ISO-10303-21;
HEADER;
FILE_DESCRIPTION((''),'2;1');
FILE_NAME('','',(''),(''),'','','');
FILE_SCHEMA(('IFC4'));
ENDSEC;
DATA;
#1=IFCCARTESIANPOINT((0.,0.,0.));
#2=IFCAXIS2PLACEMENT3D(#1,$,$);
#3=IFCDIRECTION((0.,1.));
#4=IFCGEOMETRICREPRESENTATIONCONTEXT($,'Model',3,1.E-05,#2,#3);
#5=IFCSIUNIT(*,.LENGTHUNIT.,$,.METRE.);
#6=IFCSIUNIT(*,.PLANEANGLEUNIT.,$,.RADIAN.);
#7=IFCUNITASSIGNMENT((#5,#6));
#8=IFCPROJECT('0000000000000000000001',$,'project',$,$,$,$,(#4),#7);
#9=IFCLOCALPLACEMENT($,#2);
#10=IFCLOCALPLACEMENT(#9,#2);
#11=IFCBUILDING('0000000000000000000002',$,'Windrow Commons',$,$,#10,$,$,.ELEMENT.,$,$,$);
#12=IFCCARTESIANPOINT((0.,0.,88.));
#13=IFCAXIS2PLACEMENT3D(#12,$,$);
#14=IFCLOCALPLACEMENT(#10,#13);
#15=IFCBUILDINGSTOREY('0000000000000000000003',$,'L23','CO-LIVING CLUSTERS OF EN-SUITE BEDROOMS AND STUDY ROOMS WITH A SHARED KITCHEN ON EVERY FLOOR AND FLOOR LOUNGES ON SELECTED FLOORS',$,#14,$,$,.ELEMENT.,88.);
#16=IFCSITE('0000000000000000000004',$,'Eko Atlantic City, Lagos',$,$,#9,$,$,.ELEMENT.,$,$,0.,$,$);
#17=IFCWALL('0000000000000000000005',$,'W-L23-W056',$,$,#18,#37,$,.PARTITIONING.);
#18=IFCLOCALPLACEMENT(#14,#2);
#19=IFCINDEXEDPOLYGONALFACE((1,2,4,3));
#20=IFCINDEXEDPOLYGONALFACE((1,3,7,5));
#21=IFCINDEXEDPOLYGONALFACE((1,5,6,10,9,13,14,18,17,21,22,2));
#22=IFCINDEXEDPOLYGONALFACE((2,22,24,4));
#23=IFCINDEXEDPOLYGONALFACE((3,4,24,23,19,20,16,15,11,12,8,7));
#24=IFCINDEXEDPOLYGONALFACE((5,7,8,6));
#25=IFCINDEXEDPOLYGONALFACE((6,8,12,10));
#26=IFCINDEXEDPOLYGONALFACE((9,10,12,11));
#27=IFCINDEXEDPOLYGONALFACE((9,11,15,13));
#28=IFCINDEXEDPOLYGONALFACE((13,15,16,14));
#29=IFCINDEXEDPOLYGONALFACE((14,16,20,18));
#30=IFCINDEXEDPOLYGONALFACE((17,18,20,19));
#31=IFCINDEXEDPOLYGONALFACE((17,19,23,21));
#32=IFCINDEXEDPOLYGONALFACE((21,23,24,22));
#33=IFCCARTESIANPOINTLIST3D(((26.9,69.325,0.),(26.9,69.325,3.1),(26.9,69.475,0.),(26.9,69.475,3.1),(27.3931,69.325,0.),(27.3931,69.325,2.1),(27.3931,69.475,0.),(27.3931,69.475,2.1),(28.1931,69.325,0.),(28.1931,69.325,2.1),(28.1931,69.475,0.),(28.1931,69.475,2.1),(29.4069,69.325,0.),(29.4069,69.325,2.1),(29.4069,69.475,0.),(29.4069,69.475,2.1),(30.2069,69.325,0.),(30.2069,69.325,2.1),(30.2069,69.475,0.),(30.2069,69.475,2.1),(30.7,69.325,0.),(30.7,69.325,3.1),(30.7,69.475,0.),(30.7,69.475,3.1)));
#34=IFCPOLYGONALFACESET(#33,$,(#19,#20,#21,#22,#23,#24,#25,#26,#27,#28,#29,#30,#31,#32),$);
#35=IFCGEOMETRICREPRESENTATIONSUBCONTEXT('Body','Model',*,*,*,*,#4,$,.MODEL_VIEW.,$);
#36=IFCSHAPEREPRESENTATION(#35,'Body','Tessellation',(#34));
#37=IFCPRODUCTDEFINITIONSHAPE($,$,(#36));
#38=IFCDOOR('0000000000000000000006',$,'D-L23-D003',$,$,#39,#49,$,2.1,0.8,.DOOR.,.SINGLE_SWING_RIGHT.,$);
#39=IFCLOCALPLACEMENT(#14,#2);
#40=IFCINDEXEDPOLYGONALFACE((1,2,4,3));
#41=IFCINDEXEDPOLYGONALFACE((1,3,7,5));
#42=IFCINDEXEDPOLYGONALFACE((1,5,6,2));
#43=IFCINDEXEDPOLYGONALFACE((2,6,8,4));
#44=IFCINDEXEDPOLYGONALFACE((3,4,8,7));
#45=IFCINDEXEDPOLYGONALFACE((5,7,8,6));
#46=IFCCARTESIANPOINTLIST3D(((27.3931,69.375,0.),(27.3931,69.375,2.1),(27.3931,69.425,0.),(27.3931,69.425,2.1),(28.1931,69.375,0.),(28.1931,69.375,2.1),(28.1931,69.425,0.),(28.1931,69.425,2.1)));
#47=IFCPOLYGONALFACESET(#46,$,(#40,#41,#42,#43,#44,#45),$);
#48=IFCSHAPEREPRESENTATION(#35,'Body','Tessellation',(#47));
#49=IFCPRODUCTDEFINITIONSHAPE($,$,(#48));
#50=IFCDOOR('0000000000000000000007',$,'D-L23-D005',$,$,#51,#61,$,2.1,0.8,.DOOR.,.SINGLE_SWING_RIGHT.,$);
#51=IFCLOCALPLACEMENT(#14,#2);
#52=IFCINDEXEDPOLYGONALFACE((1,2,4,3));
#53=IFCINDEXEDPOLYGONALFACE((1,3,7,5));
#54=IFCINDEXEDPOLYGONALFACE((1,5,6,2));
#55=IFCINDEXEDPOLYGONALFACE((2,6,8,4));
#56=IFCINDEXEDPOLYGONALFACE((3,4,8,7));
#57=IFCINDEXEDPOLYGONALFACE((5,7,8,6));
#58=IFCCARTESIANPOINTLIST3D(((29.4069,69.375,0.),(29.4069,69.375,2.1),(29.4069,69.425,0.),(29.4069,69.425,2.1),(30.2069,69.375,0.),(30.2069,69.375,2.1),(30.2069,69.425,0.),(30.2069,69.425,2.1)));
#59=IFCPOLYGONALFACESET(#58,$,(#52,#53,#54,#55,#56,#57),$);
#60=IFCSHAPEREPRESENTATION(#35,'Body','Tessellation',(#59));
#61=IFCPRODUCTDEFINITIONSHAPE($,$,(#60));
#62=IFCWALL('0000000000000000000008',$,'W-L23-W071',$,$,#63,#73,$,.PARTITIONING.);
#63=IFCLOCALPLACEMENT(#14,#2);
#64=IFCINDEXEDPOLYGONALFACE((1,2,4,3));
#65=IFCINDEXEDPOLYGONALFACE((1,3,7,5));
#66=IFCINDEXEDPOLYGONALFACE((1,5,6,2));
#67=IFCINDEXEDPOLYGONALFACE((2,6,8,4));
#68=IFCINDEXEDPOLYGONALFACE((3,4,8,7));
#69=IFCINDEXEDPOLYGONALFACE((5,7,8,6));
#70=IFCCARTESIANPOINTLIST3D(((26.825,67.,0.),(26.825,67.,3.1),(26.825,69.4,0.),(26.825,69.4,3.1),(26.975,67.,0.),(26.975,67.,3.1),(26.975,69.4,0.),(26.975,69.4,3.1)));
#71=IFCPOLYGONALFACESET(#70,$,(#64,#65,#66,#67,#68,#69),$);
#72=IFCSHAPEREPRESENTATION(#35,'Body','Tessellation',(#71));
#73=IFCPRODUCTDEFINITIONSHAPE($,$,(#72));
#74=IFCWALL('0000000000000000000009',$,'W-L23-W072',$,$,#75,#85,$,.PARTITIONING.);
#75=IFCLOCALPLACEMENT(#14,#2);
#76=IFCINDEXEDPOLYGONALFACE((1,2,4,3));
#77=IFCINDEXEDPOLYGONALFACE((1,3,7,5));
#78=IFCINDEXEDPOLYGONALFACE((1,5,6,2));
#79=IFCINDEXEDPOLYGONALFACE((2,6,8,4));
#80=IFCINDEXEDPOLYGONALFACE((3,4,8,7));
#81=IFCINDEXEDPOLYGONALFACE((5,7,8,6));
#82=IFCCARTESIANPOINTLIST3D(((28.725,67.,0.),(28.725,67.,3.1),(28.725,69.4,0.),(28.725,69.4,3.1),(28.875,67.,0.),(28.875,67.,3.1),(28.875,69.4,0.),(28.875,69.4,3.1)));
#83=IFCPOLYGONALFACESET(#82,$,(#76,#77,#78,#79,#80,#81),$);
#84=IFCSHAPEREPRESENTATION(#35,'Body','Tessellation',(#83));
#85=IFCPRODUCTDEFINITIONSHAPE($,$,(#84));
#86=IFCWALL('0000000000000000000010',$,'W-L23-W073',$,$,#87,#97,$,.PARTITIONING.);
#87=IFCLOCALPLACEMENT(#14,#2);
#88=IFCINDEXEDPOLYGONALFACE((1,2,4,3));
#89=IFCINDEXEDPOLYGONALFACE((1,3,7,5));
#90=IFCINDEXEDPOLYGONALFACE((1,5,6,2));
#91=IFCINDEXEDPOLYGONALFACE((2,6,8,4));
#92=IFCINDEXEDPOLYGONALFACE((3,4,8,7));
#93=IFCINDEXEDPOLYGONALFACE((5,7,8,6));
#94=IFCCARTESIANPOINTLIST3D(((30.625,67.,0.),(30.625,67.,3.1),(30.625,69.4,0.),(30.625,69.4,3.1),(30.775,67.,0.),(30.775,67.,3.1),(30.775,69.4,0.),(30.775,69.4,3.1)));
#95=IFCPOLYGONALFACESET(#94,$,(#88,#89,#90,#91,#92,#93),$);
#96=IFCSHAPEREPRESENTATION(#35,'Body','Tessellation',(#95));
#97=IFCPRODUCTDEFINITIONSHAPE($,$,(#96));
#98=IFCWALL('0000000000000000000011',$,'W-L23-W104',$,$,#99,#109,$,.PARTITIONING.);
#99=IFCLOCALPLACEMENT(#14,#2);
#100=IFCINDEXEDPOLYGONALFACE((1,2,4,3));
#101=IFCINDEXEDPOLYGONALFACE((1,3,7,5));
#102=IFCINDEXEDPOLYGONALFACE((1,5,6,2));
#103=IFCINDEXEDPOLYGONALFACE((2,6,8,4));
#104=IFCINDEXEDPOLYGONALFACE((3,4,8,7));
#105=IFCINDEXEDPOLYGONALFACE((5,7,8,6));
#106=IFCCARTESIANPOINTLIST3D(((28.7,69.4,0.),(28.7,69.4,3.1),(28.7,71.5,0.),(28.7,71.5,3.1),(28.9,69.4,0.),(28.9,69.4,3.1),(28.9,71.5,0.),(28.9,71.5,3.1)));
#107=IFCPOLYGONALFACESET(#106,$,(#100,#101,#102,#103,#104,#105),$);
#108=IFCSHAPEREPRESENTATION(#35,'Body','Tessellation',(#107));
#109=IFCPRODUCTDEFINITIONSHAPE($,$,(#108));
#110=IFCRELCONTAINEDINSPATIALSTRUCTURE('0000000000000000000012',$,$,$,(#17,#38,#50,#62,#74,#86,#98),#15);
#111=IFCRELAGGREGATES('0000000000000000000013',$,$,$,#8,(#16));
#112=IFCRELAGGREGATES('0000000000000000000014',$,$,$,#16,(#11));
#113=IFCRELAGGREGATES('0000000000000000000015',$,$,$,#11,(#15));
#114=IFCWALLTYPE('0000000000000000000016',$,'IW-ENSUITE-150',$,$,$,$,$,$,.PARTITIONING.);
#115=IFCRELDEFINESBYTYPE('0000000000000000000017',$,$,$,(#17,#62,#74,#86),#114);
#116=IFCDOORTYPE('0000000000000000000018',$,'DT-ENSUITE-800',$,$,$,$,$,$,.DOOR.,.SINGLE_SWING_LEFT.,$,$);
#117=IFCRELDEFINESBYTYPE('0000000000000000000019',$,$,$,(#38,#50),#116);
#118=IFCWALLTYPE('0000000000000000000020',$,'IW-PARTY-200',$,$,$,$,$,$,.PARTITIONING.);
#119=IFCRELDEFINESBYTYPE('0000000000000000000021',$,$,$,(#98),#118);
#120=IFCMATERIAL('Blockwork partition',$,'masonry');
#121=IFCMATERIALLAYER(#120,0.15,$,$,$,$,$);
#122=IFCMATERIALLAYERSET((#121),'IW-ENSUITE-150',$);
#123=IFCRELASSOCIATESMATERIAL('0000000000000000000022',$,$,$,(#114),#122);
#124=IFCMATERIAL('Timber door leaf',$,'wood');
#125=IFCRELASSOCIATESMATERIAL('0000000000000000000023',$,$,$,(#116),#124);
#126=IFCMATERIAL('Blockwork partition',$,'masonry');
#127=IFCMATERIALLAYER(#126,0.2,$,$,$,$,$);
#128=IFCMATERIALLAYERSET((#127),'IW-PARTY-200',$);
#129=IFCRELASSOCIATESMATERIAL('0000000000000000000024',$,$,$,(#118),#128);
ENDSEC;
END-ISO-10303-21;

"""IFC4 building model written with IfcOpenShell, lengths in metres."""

from ifc_helpers import new_model, si_unit, direction, frame, frame_2d, origin, place, context, subcontext, project, spatial, rectangle, extrude, material, layer, layer_set, type_object, element, fill, save


model = new_model("IFC4")

# Units and contexts
model_context = context("Model", 3, precision=1e-05, world=origin(), true_north=direction((0.0, 1.0)))
body_context = subcontext(model_context, "Body", "Model", "MODEL_VIEW")
ifc_project = project(units=[si_unit("LENGTHUNIT", "METRE"), si_unit("PLANEANGLEUNIT", "RADIAN")], contexts=[model_context])

# Site, building, storey
site_placement = place(None, origin())
site = spatial("IfcSite", under=ifc_project, at=site_placement, Name="Eko Atlantic City, Lagos", CompositionType="ELEMENT", RefElevation=0.0)
building_placement = place(site_placement, origin())
building = spatial("IfcBuilding", under=site, at=building_placement, Name="Windrow Commons", CompositionType="ELEMENT")
storey_placement = place(building_placement, frame((0.0, 0.0, 88.0)))
storey = spatial("IfcBuildingStorey", under=building, at=storey_placement, Name="L23", Description="CO-LIVING CLUSTERS OF EN-SUITE BEDROOMS AND STUDY ROOMS WITH A SHARED KITCHEN ON EVERY FLOOR AND FLOOR LOUNGES ON SELECTED FLOORS", CompositionType="ELEMENT", Elevation=88.0)

# Wall, openings, doors
ifc_material_1 = material(Name="Blockwork partition", Category="masonry")
ifc_layer_1 = layer(ifc_material_1, 0.15)
ifc_layer_set_1 = layer_set([ifc_layer_1], Name="IW-ENSUITE-150")
wall_type_1 = type_object("IfcWallType", Name="IW-ENSUITE-150", PredefinedType="PARTITIONING", material=ifc_layer_set_1)
wall_1_placement = place(storey_placement, frame((26.9, 69.4, 0.0), z_axis=(0.0, 0.0, 1.0), x_axis=(1.0, 0.0, 0.0)))
wall_1 = element("IfcWall", 1, at=wall_1_placement, inside=storey, type_object=wall_type_1, Name="W-L23-W056", PredefinedType="PARTITIONING", context=body_context, shape_type="SweptSolid", body=[
    extrude(rectangle(XDim=3.8, YDim=0.15, at=frame_2d((1.9, 0.0))), origin(), (0.0, 0.0, 1.0), 3.1),
])
opening_1_placement = place(wall_1_placement, frame((0.4931, 0.0, 0.0)))
opening_1 = element("IfcOpeningElement", 2, at=opening_1_placement, cuts=wall_1, PredefinedType="OPENING", context=body_context, shape_type="SweptSolid", body=[
    extrude(rectangle(XDim=0.8, YDim=2.1, at=frame_2d((0.4, 1.05))), frame((0.0, 0.085, 0.0), z_axis=(0.0, -1.0, 0.0), x_axis=(1.0, 0.0, 0.0)), (0.0, 0.0, 1.0), 0.17),
])
opening_2_placement = place(wall_1_placement, frame((2.5069, 0.0, 0.0)))
opening_2 = element("IfcOpeningElement", 3, at=opening_2_placement, cuts=wall_1, PredefinedType="OPENING", context=body_context, shape_type="SweptSolid", body=[
    extrude(rectangle(XDim=0.8, YDim=2.1, at=frame_2d((0.4, 1.05))), frame((0.0, 0.085, 0.0), z_axis=(0.0, -1.0, 0.0), x_axis=(1.0, 0.0, 0.0)), (0.0, 0.0, 1.0), 0.17),
])
ifc_material_2 = material(Name="Timber door leaf", Category="wood")
door_type_1 = type_object("IfcDoorType", Name="DT-ENSUITE-800", OperationType="SINGLE_SWING_LEFT", PredefinedType="DOOR", material=ifc_material_2)
door_1_placement = place(opening_1_placement, origin())
door_1 = element("IfcDoor", 4, at=door_1_placement, inside=storey, type_object=door_type_1, Name="D-L23-D003", OperationType="SINGLE_SWING_RIGHT", OverallHeight=2.1, OverallWidth=0.8, PredefinedType="DOOR", context=body_context, shape_type="SweptSolid", body=[
    extrude(rectangle(XDim=0.8, YDim=2.1, at=frame_2d((0.4, 1.05))), frame((0.0, 0.025, 0.0), z_axis=(0.0, -1.0, 0.0), x_axis=(1.0, 0.0, 0.0)), (0.0, 0.0, 1.0), 0.05),
])
fill(opening_1, door_1)
door_2_placement = place(opening_2_placement, origin())
door_2 = element("IfcDoor", 5, at=door_2_placement, inside=storey, type_object=door_type_1, Name="D-L23-D005", OperationType="SINGLE_SWING_RIGHT", OverallHeight=2.1, OverallWidth=0.8, PredefinedType="DOOR", context=body_context, shape_type="SweptSolid", body=[
    extrude(rectangle(XDim=0.8, YDim=2.1, at=frame_2d((0.4, 1.05))), frame((0.0, 0.025, 0.0), z_axis=(0.0, -1.0, 0.0), x_axis=(1.0, 0.0, 0.0)), (0.0, 0.0, 1.0), 0.05),
])
fill(opening_2, door_2)

# Walls
for number, where, z_axis, x_axis, name in (
    (6, (26.9, 67.0, 0.0), (0.0, 0.0, 1.0), (0.0, 1.0, 0.0), "W-L23-W071"),
    (7, (28.8, 67.0, 0.0), (0.0, 0.0, 1.0), (0.0, 1.0, 0.0), "W-L23-W072"),
    (8, (30.7, 67.0, 0.0), (0.0, 0.0, 1.0), (0.0, 1.0, 0.0), "W-L23-W073"),
):
    element("IfcWall", number, at=place(storey_placement, frame(where, z_axis=z_axis, x_axis=x_axis)), inside=storey, type_object=wall_type_1, Name=name, PredefinedType="PARTITIONING", context=body_context, shape_type="SweptSolid", body=[
        extrude(rectangle(XDim=2.4, YDim=0.15, at=frame_2d((1.2, 0.0))), origin(), (0.0, 0.0, 1.0), 3.1),
    ])
ifc_material_3 = material(Name="Blockwork partition", Category="masonry")
ifc_layer_2 = layer(ifc_material_3, 0.2)
ifc_layer_set_2 = layer_set([ifc_layer_2], Name="IW-PARTY-200")
wall_type_2 = type_object("IfcWallType", Name="IW-PARTY-200", PredefinedType="PARTITIONING", material=ifc_layer_set_2)
wall_2_placement = place(storey_placement, frame((28.8, 69.4, 0.0), z_axis=(0.0, 0.0, 1.0), x_axis=(0.0, 1.0, 0.0)))
element("IfcWall", 9, at=wall_2_placement, inside=storey, type_object=wall_type_2, Name="W-L23-W104", PredefinedType="PARTITIONING", context=body_context, shape_type="SweptSolid", body=[
    extrude(rectangle(XDim=2.1, YDim=0.2, at=frame_2d((1.05, 0.0))), origin(), (0.0, 0.0, 1.0), 3.1),
])

save(model, "model.ifc")
